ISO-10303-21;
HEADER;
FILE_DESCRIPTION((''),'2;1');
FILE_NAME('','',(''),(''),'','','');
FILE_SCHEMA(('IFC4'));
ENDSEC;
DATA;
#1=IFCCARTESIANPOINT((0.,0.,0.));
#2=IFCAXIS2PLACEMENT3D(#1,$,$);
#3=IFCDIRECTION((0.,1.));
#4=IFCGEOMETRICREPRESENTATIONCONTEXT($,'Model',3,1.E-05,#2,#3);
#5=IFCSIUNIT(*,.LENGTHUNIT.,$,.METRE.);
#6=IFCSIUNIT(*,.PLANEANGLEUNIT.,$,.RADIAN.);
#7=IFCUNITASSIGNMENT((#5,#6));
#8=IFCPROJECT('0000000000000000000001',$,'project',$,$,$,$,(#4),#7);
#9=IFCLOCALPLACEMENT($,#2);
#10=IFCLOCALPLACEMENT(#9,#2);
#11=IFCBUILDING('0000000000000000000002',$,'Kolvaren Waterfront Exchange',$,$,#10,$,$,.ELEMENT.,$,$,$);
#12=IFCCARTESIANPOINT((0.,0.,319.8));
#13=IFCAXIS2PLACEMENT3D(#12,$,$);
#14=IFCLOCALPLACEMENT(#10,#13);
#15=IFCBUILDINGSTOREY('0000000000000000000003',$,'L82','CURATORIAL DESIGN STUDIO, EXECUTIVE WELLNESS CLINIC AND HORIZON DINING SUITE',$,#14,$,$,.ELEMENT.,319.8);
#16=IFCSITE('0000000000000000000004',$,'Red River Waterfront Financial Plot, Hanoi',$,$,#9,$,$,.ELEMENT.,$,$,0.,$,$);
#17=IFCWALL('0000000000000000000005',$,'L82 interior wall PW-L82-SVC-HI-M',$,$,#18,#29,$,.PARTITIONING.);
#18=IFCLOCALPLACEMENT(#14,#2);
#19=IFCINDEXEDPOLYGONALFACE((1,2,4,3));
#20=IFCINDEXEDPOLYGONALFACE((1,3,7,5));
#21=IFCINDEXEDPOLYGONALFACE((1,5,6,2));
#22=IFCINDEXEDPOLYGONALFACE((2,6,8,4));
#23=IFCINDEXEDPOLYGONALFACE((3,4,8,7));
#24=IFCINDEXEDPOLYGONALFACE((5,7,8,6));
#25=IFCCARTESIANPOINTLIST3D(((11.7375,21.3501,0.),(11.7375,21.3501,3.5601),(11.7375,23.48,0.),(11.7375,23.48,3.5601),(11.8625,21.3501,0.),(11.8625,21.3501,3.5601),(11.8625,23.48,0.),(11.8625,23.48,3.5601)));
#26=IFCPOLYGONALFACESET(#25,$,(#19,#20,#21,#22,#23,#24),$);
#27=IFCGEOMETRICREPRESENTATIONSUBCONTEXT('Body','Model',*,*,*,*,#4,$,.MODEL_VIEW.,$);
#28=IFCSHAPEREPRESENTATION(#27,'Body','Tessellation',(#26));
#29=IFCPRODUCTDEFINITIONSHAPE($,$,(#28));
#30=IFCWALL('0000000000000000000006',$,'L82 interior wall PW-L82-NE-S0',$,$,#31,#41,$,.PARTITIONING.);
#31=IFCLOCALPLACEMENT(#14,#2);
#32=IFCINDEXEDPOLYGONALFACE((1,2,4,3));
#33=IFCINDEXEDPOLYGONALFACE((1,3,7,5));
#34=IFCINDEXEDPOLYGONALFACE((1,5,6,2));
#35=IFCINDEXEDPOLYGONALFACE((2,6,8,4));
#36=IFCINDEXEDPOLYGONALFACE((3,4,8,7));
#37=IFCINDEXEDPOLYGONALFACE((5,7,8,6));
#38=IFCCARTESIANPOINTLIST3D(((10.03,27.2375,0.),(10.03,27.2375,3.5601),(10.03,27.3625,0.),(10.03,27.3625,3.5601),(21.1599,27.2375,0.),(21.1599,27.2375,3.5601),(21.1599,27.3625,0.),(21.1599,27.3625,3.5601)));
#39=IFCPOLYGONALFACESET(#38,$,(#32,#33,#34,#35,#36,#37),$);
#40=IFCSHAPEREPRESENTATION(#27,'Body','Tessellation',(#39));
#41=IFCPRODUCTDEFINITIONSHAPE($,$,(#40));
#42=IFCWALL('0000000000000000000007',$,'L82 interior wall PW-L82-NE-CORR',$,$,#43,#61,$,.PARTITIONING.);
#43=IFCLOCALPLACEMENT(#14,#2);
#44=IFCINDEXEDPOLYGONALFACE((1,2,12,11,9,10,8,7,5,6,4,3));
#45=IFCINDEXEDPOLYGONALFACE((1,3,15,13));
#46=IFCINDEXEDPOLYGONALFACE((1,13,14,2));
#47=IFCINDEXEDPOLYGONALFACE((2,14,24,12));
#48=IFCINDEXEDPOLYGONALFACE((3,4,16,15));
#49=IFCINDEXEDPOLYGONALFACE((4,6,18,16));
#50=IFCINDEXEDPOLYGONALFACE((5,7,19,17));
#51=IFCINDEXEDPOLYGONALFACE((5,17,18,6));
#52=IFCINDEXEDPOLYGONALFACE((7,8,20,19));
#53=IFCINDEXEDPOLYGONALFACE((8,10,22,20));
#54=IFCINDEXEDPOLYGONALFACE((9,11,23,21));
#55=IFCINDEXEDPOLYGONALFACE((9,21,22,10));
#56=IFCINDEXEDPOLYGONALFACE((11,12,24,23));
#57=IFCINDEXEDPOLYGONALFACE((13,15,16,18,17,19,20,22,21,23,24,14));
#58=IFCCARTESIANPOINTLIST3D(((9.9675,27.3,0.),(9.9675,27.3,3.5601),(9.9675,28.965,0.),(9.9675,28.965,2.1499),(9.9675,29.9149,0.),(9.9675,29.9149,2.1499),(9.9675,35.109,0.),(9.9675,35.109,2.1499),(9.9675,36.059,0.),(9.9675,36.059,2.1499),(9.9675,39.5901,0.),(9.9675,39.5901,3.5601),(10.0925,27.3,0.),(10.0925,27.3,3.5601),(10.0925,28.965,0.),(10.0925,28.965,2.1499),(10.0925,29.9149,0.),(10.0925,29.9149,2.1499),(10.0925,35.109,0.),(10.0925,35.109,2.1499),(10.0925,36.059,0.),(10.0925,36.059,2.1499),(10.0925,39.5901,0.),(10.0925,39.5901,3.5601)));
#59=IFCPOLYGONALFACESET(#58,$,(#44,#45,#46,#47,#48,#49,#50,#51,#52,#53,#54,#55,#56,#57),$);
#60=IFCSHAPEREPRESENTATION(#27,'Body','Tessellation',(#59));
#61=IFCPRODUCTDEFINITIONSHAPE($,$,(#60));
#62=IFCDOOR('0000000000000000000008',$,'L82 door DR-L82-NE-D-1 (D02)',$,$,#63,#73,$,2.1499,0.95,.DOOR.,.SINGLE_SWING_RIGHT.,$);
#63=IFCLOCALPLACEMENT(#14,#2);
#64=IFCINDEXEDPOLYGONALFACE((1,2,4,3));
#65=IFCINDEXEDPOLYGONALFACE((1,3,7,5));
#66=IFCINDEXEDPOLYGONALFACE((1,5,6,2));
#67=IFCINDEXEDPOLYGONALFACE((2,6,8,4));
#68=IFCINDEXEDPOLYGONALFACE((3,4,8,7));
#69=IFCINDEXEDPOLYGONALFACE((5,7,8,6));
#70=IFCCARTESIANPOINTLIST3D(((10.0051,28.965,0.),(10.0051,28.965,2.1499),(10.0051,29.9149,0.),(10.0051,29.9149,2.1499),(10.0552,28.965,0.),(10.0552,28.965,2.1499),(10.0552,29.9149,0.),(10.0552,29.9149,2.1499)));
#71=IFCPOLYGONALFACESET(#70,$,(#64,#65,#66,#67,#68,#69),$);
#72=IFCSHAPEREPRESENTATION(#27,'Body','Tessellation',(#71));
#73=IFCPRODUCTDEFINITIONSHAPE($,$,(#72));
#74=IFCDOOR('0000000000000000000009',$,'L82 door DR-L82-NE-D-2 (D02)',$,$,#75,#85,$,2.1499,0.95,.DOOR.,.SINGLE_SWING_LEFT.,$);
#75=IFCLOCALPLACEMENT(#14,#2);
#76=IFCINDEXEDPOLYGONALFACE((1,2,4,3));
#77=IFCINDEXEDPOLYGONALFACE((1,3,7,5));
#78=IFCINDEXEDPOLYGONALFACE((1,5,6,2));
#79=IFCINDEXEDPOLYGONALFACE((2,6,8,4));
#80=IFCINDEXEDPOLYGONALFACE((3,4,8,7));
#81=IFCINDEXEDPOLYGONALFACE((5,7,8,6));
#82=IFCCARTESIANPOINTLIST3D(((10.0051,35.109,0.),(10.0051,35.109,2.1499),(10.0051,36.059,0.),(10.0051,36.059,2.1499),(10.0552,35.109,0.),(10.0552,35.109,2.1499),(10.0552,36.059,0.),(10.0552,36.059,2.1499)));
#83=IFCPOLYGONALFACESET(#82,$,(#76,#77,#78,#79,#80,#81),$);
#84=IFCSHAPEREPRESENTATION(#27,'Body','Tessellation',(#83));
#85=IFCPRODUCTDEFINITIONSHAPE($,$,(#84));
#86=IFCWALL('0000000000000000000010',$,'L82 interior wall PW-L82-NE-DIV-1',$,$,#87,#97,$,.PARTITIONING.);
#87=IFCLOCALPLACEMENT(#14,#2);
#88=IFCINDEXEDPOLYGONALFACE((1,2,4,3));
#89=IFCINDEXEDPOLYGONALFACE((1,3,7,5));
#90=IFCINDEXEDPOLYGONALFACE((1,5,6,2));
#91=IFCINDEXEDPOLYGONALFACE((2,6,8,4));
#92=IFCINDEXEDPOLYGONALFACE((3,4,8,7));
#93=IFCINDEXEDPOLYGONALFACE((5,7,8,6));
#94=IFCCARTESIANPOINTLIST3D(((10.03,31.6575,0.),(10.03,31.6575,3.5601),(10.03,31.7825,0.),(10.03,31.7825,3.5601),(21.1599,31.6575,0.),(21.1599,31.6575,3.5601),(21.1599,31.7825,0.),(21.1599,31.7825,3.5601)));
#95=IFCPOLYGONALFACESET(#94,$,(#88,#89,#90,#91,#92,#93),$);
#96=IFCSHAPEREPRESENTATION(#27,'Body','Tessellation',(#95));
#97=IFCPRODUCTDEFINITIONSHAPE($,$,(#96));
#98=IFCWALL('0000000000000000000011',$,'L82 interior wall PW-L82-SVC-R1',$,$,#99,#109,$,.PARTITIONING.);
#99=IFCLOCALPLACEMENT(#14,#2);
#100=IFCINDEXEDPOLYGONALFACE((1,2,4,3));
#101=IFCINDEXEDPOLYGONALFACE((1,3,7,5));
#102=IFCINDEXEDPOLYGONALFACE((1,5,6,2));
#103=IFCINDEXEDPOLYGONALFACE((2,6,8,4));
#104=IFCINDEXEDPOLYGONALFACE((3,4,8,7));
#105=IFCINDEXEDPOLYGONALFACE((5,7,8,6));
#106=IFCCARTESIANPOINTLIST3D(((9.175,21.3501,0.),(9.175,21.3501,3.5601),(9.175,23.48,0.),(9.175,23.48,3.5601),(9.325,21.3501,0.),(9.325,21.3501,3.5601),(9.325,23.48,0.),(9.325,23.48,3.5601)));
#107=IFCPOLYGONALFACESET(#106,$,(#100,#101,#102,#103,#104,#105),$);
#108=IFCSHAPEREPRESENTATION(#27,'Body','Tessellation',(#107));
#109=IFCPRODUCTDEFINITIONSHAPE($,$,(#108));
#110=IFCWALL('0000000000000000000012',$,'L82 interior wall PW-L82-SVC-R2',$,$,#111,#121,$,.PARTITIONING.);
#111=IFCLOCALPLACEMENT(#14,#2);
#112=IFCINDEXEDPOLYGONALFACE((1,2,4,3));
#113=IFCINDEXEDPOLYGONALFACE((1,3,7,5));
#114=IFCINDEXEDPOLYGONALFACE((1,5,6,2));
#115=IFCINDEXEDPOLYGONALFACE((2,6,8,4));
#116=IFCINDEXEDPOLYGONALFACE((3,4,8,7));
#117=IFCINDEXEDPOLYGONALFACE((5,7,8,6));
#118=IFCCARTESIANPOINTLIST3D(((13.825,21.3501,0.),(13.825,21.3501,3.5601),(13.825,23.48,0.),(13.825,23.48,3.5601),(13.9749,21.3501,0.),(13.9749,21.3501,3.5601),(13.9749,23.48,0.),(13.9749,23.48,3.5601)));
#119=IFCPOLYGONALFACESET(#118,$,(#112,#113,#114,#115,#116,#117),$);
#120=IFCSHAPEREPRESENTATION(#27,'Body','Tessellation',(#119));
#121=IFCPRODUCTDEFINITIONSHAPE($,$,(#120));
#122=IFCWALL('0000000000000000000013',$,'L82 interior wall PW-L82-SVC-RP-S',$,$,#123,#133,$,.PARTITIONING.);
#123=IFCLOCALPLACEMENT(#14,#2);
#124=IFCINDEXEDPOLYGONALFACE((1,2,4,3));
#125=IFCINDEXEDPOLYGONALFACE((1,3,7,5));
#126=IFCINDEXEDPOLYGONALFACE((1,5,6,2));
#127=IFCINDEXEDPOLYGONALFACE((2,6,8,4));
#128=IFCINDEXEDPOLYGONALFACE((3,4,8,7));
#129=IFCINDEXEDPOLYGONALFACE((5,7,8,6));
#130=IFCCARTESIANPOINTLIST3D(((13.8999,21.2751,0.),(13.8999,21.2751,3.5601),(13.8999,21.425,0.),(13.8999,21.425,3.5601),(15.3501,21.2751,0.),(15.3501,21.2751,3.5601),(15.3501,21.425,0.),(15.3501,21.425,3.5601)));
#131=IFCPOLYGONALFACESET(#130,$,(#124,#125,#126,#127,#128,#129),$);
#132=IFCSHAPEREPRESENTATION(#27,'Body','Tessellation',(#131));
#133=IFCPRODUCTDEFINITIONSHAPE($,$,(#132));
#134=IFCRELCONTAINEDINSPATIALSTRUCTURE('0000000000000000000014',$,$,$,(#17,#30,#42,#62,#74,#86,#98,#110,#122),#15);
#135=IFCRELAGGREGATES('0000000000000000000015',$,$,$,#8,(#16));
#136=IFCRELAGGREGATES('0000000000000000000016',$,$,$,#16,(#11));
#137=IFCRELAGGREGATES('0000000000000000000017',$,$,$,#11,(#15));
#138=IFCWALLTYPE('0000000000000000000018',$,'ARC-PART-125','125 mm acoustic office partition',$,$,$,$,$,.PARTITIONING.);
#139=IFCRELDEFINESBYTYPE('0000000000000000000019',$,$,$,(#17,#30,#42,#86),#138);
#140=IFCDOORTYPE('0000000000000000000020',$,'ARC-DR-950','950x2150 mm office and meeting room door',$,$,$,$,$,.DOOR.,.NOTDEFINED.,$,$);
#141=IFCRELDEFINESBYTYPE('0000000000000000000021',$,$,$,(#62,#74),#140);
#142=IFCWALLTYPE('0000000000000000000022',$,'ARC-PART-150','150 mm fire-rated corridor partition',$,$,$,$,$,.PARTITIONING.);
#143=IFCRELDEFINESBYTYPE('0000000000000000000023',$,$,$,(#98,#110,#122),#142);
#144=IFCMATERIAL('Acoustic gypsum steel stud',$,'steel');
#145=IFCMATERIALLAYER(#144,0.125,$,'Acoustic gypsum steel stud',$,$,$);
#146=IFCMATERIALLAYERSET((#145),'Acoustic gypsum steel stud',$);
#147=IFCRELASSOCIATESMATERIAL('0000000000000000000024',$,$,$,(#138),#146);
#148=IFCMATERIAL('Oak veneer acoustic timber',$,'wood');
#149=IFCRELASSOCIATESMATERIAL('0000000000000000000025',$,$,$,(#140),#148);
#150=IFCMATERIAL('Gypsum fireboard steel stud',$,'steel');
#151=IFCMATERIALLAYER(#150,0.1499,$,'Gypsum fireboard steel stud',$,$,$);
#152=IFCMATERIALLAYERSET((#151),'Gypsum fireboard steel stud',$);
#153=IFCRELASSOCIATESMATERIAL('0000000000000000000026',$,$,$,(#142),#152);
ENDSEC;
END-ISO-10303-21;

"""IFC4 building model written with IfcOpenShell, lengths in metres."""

from ifc_helpers import new_model, si_unit, direction, frame, frame_2d, origin, place, context, subcontext, project, spatial, rectangle, extrude, material, layer, layer_set, type_object, element, fill, save


model = new_model("IFC4")

# Units and contexts
model_context = context("Model", 3, precision=1e-05, world=origin(), true_north=direction((0.0, 1.0)))
body_context = subcontext(model_context, "Body", "Model", "MODEL_VIEW")
ifc_project = project(units=[si_unit("LENGTHUNIT", "METRE"), si_unit("PLANEANGLEUNIT", "RADIAN")], contexts=[model_context])

# Site, building, storey
site_placement = place(None, origin())
site = spatial("IfcSite", under=ifc_project, at=site_placement, Name="Red River Waterfront Financial Plot, Hanoi", CompositionType="ELEMENT", RefElevation=0.0)
building_placement = place(site_placement, origin())
building = spatial("IfcBuilding", under=site, at=building_placement, Name="Kolvaren Waterfront Exchange", CompositionType="ELEMENT")
storey_placement = place(building_placement, frame((0.0, 0.0, 319.8)))
storey = spatial("IfcBuildingStorey", under=building, at=storey_placement, Name="L82", Description="CURATORIAL DESIGN STUDIO, EXECUTIVE WELLNESS CLINIC AND HORIZON DINING SUITE", CompositionType="ELEMENT", Elevation=319.8)

# Shared definitions
ifc_material_1 = material(Name="Acoustic gypsum steel stud", Category="steel")
ifc_layer_1 = layer(ifc_material_1, 0.125, Name="Acoustic gypsum steel stud")
ifc_layer_set_1 = layer_set([ifc_layer_1], Name="Acoustic gypsum steel stud")
wall_type_1 = type_object("IfcWallType", Name="ARC-PART-125", Description="125 mm acoustic office partition", PredefinedType="PARTITIONING", material=ifc_layer_set_1)

# Walls
wall_1_placement = place(storey_placement, frame((11.8, 21.3501, 0.0), z_axis=(0.0, 0.0, 1.0), x_axis=(0.0, 1.0, 0.0)))
element("IfcWall", 1, at=wall_1_placement, inside=storey, type_object=wall_type_1, Name="L82 interior wall PW-L82-SVC-HI-M", PredefinedType="PARTITIONING", context=body_context, shape_type="SweptSolid", body=[
    extrude(rectangle(XDim=2.1299, YDim=0.125, at=frame_2d((1.0649, 0.0))), origin(), (0.0, 0.0, 1.0), 3.5601),
])
wall_2_placement = place(storey_placement, frame((10.03, 27.3, 0.0), z_axis=(0.0, 0.0, 1.0), x_axis=(1.0, 0.0, 0.0)))
element("IfcWall", 2, at=wall_2_placement, inside=storey, type_object=wall_type_1, Name="L82 interior wall PW-L82-NE-S0", PredefinedType="PARTITIONING", context=body_context, shape_type="SweptSolid", body=[
    extrude(rectangle(XDim=11.1299, YDim=0.125, at=frame_2d((5.5649, 0.0))), origin(), (0.0, 0.0, 1.0), 3.5601),
])

# Wall, openings, doors
wall_3_placement = place(storey_placement, frame((10.03, 27.3, 0.0), z_axis=(0.0, 0.0, 1.0), x_axis=(0.0, 1.0, 0.0)))
wall_3 = element("IfcWall", 3, at=wall_3_placement, inside=storey, type_object=wall_type_1, Name="L82 interior wall PW-L82-NE-CORR", PredefinedType="PARTITIONING", context=body_context, shape_type="SweptSolid", body=[
    extrude(rectangle(XDim=12.29, YDim=0.125, at=frame_2d((6.145, 0.0))), origin(), (0.0, 0.0, 1.0), 3.5601),
])
opening_1_placement = place(wall_3_placement, frame((1.6648, 0.0, 0.0)))
opening_1 = element("IfcOpeningElement", 4, at=opening_1_placement, cuts=wall_3, PredefinedType="OPENING", context=body_context, shape_type="SweptSolid", body=[
    extrude(rectangle(XDim=0.95, YDim=2.1499, at=frame_2d((0.4751, 1.075))), frame((0.0, 0.0725, 0.0), z_axis=(0.0, -1.0, 0.0), x_axis=(1.0, 0.0, 0.0)), (0.0, 0.0, 1.0), 0.145),
])
opening_2_placement = place(wall_3_placement, frame((7.8088, 0.0, 0.0)))
opening_2 = element("IfcOpeningElement", 5, at=opening_2_placement, cuts=wall_3, PredefinedType="OPENING", context=body_context, shape_type="SweptSolid", body=[
    extrude(rectangle(XDim=0.95, YDim=2.1499, at=frame_2d((0.4751, 1.075))), frame((0.0, 0.0725, 0.0), z_axis=(0.0, -1.0, 0.0), x_axis=(1.0, 0.0, 0.0)), (0.0, 0.0, 1.0), 0.145),
])
ifc_material_2 = material(Name="Oak veneer acoustic timber", Category="wood")
door_type_1 = type_object("IfcDoorType", Name="ARC-DR-950", Description="950x2150 mm office and meeting room door", OperationType="NOTDEFINED", PredefinedType="DOOR", material=ifc_material_2)
door_1_placement = place(opening_1_placement, origin())
door_1 = element("IfcDoor", 6, at=door_1_placement, inside=storey, type_object=door_type_1, Name="L82 door DR-L82-NE-D-1 (D02)", OperationType="SINGLE_SWING_RIGHT", OverallHeight=2.1499, OverallWidth=0.95, PredefinedType="DOOR", context=body_context, shape_type="SweptSolid", body=[
    extrude(rectangle(XDim=0.95, YDim=2.1499, at=frame_2d((0.4751, 1.075))), frame((0.0, 0.0249, 0.0), z_axis=(0.0, -1.0, 0.0), x_axis=(1.0, 0.0, 0.0)), (0.0, 0.0, 1.0), 0.05),
])
fill(opening_1, door_1)
door_2_placement = place(opening_2_placement, origin())
door_2 = element("IfcDoor", 7, at=door_2_placement, inside=storey, type_object=door_type_1, Name="L82 door DR-L82-NE-D-2 (D02)", OperationType="SINGLE_SWING_LEFT", OverallHeight=2.1499, OverallWidth=0.95, PredefinedType="DOOR", context=body_context, shape_type="SweptSolid", body=[
    extrude(rectangle(XDim=0.95, YDim=2.1499, at=frame_2d((0.4751, 1.075))), frame((0.0, 0.0249, 0.0), z_axis=(0.0, -1.0, 0.0), x_axis=(1.0, 0.0, 0.0)), (0.0, 0.0, 1.0), 0.05),
])
fill(opening_2, door_2)

# Walls
wall_4_placement = place(storey_placement, frame((10.03, 31.72, 0.0), z_axis=(0.0, 0.0, 1.0), x_axis=(1.0, 0.0, 0.0)))
element("IfcWall", 8, at=wall_4_placement, inside=storey, type_object=wall_type_1, Name="L82 interior wall PW-L82-NE-DIV-1", PredefinedType="PARTITIONING", context=body_context, shape_type="SweptSolid", body=[
    extrude(rectangle(XDim=11.1299, YDim=0.125, at=frame_2d((5.5649, 0.0))), origin(), (0.0, 0.0, 1.0), 3.5601),
])
ifc_material_3 = material(Name="Gypsum fireboard steel stud", Category="steel")
ifc_layer_2 = layer(ifc_material_3, 0.1499, Name="Gypsum fireboard steel stud")
ifc_layer_set_2 = layer_set([ifc_layer_2], Name="Gypsum fireboard steel stud")
wall_type_2 = type_object("IfcWallType", Name="ARC-PART-150", Description="150 mm fire-rated corridor partition", PredefinedType="PARTITIONING", material=ifc_layer_set_2)
for number, where, z_axis, x_axis, name in (
    (9, (9.25, 21.3501, 0.0), (0.0, 0.0, 1.0), (0.0, 1.0, 0.0), "L82 interior wall PW-L82-SVC-R1"),
    (10, (13.8999, 21.3501, 0.0), (0.0, 0.0, 1.0), (0.0, 1.0, 0.0), "L82 interior wall PW-L82-SVC-R2"),
):
    element("IfcWall", number, at=place(storey_placement, frame(where, z_axis=z_axis, x_axis=x_axis)), inside=storey, type_object=wall_type_2, Name=name, PredefinedType="PARTITIONING", context=body_context, shape_type="SweptSolid", body=[
        extrude(rectangle(XDim=2.1299, YDim=0.1499, at=frame_2d((1.0649, 0.0))), origin(), (0.0, 0.0, 1.0), 3.5601),
    ])
wall_5_placement = place(storey_placement, frame((13.8999, 21.3501, 0.0), z_axis=(0.0, 0.0, 1.0), x_axis=(1.0, 0.0, 0.0)))
element("IfcWall", 11, at=wall_5_placement, inside=storey, type_object=wall_type_2, Name="L82 interior wall PW-L82-SVC-RP-S", PredefinedType="PARTITIONING", context=body_context, shape_type="SweptSolid", body=[
    extrude(rectangle(XDim=1.4502, YDim=0.1499, at=frame_2d((0.7251, 0.0))), origin(), (0.0, 0.0, 1.0), 3.5601),
])

save(model, "model.ifc")
